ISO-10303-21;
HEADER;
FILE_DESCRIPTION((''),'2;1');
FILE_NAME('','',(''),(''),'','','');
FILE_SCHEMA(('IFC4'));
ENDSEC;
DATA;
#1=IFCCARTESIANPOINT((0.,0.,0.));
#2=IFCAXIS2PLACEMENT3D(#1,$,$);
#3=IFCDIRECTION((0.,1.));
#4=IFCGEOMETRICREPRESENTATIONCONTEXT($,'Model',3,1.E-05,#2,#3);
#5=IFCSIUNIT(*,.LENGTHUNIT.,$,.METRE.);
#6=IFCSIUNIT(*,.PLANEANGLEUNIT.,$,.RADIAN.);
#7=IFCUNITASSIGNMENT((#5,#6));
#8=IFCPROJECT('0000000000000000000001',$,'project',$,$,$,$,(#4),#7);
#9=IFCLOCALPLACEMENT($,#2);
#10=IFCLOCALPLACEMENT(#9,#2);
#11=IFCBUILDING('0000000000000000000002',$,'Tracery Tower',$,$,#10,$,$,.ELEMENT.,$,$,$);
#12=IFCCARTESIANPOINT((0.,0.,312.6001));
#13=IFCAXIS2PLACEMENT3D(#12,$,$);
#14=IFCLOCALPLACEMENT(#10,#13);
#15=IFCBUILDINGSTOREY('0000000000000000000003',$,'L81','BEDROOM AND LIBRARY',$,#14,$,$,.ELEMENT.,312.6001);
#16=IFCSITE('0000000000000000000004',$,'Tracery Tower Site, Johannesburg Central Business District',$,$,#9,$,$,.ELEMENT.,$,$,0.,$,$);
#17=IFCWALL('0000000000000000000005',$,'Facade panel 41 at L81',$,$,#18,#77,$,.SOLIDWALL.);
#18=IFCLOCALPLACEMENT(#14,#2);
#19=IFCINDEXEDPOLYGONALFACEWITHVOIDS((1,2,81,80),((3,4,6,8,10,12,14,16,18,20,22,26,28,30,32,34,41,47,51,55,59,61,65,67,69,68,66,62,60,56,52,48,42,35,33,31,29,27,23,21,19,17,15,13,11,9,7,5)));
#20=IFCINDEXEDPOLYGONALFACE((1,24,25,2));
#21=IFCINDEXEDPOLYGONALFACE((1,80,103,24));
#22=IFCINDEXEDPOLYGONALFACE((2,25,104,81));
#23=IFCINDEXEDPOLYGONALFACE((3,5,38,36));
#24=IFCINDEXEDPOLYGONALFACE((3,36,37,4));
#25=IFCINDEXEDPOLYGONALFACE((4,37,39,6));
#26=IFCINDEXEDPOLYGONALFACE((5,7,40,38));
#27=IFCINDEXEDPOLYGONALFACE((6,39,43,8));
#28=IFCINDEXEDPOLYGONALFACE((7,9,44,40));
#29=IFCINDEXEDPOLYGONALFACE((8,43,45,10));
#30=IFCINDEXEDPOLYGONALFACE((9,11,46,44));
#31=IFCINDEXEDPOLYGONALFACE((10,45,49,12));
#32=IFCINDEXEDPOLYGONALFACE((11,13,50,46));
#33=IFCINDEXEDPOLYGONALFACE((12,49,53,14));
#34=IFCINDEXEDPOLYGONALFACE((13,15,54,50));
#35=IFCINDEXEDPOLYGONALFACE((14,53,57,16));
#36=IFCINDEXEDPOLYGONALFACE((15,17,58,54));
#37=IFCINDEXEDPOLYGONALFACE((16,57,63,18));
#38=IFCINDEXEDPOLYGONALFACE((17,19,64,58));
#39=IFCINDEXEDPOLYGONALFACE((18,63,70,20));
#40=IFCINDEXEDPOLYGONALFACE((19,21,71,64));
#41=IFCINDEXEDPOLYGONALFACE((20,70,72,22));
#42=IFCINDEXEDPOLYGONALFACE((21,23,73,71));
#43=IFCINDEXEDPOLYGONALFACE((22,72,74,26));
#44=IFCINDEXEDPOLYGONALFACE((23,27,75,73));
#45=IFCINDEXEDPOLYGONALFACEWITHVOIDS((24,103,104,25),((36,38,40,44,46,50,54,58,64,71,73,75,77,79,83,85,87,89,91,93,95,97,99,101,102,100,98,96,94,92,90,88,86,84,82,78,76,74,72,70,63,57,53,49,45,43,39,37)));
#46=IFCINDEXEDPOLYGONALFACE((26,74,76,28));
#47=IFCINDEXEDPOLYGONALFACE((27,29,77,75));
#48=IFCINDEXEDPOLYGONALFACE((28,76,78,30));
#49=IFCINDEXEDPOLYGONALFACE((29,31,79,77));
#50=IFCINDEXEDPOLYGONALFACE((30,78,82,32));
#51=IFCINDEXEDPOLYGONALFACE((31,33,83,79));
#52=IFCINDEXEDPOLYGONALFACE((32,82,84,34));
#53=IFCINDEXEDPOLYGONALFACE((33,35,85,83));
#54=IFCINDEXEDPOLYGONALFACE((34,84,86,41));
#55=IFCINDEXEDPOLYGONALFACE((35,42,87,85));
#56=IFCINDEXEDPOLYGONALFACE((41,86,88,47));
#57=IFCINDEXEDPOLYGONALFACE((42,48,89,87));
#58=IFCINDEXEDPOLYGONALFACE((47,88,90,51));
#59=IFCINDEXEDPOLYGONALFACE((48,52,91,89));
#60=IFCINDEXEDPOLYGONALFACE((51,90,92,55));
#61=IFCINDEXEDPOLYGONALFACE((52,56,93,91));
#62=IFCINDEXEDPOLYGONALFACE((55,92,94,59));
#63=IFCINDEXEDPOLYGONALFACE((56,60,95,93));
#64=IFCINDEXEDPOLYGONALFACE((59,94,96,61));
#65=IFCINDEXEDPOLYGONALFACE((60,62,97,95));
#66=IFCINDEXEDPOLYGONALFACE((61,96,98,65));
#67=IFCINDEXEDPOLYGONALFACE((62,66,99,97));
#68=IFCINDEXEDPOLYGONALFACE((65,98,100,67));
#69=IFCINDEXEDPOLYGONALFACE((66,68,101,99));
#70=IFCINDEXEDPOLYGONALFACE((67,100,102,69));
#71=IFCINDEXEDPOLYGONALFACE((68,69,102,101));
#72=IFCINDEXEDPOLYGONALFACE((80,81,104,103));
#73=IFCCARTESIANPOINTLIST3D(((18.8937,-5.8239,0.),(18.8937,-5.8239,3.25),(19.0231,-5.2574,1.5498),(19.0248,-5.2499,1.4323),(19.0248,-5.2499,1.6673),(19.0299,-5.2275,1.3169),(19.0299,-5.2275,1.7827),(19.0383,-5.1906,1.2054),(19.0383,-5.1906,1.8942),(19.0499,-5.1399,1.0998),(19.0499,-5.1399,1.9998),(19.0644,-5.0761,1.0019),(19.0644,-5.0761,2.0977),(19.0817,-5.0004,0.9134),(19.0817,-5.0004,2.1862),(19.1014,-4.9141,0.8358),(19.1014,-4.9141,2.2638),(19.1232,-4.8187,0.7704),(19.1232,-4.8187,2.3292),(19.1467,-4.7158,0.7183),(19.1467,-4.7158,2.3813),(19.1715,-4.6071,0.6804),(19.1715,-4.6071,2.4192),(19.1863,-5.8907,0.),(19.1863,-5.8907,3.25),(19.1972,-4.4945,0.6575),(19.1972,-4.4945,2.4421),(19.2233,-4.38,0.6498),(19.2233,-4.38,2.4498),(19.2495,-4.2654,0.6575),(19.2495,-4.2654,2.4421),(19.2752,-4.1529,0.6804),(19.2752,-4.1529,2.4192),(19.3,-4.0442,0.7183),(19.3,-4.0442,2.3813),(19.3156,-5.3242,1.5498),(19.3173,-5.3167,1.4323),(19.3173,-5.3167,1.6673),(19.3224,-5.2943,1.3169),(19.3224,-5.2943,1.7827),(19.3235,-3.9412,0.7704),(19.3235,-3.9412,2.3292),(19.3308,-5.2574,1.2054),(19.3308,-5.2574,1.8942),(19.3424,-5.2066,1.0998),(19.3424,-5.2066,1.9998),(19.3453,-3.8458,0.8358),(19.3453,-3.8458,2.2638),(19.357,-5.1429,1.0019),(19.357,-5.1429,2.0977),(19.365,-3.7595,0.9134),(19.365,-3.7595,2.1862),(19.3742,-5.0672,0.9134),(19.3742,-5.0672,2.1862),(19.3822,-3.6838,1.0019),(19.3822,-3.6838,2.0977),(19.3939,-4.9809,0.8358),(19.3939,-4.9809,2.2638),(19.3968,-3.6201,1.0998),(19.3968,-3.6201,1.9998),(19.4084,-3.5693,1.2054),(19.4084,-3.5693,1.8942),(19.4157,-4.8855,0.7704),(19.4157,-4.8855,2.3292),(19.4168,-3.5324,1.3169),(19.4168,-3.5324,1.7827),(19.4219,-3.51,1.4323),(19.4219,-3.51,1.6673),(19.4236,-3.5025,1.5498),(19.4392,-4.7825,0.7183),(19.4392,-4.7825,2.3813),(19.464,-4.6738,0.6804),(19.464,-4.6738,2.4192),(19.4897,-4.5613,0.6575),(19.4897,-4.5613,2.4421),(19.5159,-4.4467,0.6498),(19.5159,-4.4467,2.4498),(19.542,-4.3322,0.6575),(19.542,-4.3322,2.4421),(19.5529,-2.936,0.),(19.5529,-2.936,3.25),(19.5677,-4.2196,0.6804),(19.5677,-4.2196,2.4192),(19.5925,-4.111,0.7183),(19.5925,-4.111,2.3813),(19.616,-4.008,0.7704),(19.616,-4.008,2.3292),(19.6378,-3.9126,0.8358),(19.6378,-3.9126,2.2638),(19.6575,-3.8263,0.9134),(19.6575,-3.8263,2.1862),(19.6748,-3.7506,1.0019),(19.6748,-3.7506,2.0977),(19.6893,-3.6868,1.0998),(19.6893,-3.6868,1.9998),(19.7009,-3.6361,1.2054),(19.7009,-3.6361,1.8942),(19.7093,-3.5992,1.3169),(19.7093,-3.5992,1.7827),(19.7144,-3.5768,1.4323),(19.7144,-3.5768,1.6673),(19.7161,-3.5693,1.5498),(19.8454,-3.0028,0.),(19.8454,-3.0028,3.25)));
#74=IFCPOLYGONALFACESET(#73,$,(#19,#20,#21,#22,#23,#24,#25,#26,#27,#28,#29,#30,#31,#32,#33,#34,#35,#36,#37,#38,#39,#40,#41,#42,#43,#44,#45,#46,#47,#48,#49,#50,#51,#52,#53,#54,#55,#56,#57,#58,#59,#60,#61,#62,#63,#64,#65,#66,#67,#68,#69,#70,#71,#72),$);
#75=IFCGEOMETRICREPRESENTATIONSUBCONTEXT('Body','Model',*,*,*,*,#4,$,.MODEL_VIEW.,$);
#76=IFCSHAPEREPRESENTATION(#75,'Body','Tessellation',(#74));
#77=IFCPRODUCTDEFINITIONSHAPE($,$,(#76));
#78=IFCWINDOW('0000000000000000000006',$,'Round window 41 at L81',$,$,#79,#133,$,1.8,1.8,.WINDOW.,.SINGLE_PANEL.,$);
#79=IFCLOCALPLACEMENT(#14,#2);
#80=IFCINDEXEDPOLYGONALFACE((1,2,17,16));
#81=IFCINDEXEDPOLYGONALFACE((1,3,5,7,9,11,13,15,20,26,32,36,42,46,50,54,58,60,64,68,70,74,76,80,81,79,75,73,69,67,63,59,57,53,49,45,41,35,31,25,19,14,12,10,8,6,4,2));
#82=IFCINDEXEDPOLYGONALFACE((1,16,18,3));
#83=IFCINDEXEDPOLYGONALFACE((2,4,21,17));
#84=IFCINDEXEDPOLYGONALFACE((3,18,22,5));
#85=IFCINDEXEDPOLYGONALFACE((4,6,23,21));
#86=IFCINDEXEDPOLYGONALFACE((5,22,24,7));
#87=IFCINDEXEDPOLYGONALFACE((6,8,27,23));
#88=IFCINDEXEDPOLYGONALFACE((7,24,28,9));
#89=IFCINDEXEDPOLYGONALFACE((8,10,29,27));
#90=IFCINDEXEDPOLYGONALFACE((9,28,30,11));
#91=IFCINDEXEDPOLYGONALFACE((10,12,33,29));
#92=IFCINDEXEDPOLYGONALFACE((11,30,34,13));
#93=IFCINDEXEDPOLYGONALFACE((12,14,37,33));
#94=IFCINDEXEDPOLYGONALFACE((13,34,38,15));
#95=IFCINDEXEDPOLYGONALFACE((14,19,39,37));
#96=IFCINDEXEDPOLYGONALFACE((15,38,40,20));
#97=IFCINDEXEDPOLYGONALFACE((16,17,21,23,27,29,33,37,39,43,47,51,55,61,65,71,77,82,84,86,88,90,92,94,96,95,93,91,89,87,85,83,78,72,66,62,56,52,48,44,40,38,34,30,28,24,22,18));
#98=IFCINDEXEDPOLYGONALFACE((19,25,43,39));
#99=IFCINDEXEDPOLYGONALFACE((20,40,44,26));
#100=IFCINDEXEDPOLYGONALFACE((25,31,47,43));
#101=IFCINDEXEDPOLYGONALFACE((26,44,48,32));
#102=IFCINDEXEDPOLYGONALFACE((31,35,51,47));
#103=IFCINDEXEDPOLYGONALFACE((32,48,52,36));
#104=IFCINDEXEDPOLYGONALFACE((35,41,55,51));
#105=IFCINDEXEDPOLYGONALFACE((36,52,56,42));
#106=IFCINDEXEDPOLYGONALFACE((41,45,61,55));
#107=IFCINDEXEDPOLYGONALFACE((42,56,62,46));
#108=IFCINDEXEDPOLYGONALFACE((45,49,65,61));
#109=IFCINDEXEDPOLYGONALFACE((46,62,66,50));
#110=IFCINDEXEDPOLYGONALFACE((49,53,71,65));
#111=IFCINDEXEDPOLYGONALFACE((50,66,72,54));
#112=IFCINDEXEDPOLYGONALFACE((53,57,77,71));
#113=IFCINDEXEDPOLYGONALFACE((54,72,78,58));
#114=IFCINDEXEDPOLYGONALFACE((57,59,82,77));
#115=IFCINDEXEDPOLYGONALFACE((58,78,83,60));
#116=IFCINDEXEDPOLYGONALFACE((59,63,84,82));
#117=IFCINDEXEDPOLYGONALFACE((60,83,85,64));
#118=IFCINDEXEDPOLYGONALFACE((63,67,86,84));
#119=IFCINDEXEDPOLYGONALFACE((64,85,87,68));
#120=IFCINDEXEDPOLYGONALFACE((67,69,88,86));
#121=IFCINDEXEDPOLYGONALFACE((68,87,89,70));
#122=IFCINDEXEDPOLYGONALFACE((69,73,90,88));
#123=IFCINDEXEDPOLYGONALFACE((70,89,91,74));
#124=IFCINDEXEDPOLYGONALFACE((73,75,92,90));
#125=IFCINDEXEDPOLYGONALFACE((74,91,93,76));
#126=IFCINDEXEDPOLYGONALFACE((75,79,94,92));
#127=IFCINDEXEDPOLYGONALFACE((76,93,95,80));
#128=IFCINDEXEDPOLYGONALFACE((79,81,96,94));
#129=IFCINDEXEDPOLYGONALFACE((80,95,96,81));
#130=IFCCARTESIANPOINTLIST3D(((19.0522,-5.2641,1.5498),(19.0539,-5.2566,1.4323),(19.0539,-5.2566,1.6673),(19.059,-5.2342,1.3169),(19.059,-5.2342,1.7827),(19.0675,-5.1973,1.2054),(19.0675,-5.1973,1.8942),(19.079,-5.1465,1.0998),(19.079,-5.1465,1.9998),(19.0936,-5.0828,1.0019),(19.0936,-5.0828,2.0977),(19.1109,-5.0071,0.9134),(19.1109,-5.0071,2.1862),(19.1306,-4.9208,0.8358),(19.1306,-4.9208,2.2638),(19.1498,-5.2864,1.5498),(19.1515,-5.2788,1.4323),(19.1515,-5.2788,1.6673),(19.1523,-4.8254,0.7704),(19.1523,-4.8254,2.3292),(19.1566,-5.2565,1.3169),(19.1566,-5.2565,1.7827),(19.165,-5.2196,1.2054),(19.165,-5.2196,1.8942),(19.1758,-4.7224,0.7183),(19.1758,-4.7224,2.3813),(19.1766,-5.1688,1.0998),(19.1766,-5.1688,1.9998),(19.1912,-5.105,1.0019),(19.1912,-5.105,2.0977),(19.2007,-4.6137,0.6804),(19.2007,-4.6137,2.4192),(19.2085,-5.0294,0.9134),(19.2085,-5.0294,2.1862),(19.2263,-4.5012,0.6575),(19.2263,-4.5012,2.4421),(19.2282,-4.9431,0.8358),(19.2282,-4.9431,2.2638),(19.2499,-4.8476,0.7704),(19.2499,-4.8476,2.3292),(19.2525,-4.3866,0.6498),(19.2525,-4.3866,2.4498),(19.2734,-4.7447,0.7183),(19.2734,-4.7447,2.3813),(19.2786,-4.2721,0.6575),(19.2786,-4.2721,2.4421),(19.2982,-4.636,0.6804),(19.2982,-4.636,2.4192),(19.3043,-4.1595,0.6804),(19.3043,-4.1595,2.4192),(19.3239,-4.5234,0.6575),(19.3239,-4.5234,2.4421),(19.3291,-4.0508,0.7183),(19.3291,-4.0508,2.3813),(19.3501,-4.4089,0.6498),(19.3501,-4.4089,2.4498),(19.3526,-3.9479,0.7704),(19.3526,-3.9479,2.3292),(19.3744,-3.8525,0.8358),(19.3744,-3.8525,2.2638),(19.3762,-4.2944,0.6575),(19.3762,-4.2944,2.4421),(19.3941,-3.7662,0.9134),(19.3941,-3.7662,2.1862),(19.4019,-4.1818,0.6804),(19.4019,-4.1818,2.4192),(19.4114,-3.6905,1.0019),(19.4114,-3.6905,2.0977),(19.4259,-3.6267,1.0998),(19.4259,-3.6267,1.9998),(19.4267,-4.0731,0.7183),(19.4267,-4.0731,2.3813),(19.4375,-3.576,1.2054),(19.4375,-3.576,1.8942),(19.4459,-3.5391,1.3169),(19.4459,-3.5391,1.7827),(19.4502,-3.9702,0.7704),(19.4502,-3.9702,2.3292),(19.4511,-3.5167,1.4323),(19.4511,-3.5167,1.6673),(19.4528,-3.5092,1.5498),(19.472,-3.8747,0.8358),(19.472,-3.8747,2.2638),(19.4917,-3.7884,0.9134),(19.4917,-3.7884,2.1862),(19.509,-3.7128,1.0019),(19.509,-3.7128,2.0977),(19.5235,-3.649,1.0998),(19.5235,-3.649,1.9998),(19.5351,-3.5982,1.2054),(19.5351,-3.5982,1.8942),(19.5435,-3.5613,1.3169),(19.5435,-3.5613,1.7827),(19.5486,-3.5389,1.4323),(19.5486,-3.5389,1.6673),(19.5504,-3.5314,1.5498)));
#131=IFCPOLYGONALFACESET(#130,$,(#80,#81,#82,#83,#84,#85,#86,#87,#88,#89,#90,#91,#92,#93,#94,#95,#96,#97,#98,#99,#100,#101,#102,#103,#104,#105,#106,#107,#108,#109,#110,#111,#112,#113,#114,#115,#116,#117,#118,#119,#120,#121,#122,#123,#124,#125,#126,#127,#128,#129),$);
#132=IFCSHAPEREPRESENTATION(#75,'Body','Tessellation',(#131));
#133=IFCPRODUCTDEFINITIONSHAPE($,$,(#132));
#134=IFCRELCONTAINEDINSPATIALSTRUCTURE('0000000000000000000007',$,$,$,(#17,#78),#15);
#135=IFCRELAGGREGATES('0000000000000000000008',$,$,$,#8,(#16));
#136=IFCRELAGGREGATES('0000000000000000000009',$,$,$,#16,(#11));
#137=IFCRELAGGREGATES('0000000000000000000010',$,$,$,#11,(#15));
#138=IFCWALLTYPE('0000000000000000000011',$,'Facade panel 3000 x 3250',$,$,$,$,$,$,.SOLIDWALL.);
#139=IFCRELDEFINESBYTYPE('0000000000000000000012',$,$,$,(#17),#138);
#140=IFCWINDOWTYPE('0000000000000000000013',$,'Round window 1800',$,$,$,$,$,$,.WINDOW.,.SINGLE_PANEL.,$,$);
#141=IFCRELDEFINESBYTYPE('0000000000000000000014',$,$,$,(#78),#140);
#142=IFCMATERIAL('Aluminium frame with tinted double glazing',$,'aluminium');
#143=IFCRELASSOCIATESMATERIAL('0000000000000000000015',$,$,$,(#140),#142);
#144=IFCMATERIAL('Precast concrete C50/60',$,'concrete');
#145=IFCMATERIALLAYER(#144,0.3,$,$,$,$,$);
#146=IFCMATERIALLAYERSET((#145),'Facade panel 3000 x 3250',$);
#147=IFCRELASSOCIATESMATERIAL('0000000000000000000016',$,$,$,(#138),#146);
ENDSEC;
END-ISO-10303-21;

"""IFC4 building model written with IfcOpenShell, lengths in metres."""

from ifc_helpers import new_model, si_unit, direction, frame, frame_2d, origin, origin_2d, place, context, subcontext, project, spatial, rectangle, circle, extrude, material, layer, layer_set, type_object, element, fill, save


model = new_model("IFC4")

# Units and contexts
model_context = context("Model", 3, precision=1e-05, world=origin(), true_north=direction((0.0, 1.0)))
body_context = subcontext(model_context, "Body", "Model", "MODEL_VIEW")
ifc_project = project(units=[si_unit("LENGTHUNIT", "METRE"), si_unit("PLANEANGLEUNIT", "RADIAN")], contexts=[model_context])

# Site, building, storey
site_placement = place(None, origin())
site = spatial("IfcSite", under=ifc_project, at=site_placement, Name="Tracery Tower Site, Johannesburg Central Business District", CompositionType="ELEMENT", RefElevation=0.0)
building_placement = place(site_placement, origin())
building = spatial("IfcBuilding", under=site, at=building_placement, Name="Tracery Tower", CompositionType="ELEMENT")
storey_placement = place(building_placement, frame((0.0, 0.0, 312.6001)))
storey = spatial("IfcBuildingStorey", under=building, at=storey_placement, Name="L81", Description="BEDROOM AND LIBRARY", CompositionType="ELEMENT", Elevation=312.6001)

# Wall, opening, window
ifc_material_1 = material(Name="Aluminium frame with tinted double glazing", Category="aluminium")
window_type = type_object("IfcWindowType", Name="Round window 1800", PartitioningType="SINGLE_PANEL", PredefinedType="WINDOW", material=ifc_material_1)
ifc_material_2 = material(Name="Precast concrete C50/60", Category="concrete")
ifc_layer_1 = layer(ifc_material_2, 0.3)
ifc_layer_set_1 = layer_set([ifc_layer_1], Name="Facade panel 3000 x 3250")
wall_type_1 = type_object("IfcWallType", Name="Facade panel 3000 x 3250", PredefinedType="SOLIDWALL", material=ifc_layer_set_1)
wall_1_placement = place(storey_placement, frame((19.04, -5.8572, 0.0), z_axis=(0.0, 0.0, 1.0), x_axis=(0.222529, 0.974926, 0.0)))
wall_1 = element("IfcWall", 1, at=wall_1_placement, inside=storey, type_object=wall_type_1, Name="Facade panel 41 at L81", PredefinedType="SOLIDWALL", context=body_context, shape_type="SweptSolid", body=[
    extrude(rectangle(XDim=2.9622, YDim=0.3, at=frame_2d((1.481, 0.0))), origin(), (0.0, 0.0, 1.0), 3.25),
])
opening_1_placement = place(wall_1_placement, frame((1.481, 0.0, 1.5498)))
opening_1 = element("IfcOpeningElement", 2, at=opening_1_placement, cuts=wall_1, PredefinedType="OPENING", context=body_context, shape_type="SweptSolid", body=[
    extrude(circle(Radius=0.9, at=origin_2d()), frame((0.0, 0.1599, 0.0), z_axis=(0.0, -1.0, 0.0), x_axis=(1.0, 0.0, 0.0)), (0.0, 0.0, 1.0), 0.3201),
])
window_1_placement = place(opening_1_placement, origin())
window_1 = element("IfcWindow", 3, at=window_1_placement, inside=storey, type_object=window_type, Name="Round window 41 at L81", OverallHeight=1.8, OverallWidth=1.8, PartitioningType="SINGLE_PANEL", PredefinedType="WINDOW", context=body_context, shape_type="SweptSolid", body=[
    extrude(circle(Radius=0.9, at=origin_2d()), frame((0.0, 0.1201, 0.0), z_axis=(0.0, -1.0, 0.0), x_axis=(1.0, 0.0, 0.0)), (0.0, 0.0, 1.0), 0.1001),
])
fill(opening_1, window_1)

save(model, "model.ifc")
